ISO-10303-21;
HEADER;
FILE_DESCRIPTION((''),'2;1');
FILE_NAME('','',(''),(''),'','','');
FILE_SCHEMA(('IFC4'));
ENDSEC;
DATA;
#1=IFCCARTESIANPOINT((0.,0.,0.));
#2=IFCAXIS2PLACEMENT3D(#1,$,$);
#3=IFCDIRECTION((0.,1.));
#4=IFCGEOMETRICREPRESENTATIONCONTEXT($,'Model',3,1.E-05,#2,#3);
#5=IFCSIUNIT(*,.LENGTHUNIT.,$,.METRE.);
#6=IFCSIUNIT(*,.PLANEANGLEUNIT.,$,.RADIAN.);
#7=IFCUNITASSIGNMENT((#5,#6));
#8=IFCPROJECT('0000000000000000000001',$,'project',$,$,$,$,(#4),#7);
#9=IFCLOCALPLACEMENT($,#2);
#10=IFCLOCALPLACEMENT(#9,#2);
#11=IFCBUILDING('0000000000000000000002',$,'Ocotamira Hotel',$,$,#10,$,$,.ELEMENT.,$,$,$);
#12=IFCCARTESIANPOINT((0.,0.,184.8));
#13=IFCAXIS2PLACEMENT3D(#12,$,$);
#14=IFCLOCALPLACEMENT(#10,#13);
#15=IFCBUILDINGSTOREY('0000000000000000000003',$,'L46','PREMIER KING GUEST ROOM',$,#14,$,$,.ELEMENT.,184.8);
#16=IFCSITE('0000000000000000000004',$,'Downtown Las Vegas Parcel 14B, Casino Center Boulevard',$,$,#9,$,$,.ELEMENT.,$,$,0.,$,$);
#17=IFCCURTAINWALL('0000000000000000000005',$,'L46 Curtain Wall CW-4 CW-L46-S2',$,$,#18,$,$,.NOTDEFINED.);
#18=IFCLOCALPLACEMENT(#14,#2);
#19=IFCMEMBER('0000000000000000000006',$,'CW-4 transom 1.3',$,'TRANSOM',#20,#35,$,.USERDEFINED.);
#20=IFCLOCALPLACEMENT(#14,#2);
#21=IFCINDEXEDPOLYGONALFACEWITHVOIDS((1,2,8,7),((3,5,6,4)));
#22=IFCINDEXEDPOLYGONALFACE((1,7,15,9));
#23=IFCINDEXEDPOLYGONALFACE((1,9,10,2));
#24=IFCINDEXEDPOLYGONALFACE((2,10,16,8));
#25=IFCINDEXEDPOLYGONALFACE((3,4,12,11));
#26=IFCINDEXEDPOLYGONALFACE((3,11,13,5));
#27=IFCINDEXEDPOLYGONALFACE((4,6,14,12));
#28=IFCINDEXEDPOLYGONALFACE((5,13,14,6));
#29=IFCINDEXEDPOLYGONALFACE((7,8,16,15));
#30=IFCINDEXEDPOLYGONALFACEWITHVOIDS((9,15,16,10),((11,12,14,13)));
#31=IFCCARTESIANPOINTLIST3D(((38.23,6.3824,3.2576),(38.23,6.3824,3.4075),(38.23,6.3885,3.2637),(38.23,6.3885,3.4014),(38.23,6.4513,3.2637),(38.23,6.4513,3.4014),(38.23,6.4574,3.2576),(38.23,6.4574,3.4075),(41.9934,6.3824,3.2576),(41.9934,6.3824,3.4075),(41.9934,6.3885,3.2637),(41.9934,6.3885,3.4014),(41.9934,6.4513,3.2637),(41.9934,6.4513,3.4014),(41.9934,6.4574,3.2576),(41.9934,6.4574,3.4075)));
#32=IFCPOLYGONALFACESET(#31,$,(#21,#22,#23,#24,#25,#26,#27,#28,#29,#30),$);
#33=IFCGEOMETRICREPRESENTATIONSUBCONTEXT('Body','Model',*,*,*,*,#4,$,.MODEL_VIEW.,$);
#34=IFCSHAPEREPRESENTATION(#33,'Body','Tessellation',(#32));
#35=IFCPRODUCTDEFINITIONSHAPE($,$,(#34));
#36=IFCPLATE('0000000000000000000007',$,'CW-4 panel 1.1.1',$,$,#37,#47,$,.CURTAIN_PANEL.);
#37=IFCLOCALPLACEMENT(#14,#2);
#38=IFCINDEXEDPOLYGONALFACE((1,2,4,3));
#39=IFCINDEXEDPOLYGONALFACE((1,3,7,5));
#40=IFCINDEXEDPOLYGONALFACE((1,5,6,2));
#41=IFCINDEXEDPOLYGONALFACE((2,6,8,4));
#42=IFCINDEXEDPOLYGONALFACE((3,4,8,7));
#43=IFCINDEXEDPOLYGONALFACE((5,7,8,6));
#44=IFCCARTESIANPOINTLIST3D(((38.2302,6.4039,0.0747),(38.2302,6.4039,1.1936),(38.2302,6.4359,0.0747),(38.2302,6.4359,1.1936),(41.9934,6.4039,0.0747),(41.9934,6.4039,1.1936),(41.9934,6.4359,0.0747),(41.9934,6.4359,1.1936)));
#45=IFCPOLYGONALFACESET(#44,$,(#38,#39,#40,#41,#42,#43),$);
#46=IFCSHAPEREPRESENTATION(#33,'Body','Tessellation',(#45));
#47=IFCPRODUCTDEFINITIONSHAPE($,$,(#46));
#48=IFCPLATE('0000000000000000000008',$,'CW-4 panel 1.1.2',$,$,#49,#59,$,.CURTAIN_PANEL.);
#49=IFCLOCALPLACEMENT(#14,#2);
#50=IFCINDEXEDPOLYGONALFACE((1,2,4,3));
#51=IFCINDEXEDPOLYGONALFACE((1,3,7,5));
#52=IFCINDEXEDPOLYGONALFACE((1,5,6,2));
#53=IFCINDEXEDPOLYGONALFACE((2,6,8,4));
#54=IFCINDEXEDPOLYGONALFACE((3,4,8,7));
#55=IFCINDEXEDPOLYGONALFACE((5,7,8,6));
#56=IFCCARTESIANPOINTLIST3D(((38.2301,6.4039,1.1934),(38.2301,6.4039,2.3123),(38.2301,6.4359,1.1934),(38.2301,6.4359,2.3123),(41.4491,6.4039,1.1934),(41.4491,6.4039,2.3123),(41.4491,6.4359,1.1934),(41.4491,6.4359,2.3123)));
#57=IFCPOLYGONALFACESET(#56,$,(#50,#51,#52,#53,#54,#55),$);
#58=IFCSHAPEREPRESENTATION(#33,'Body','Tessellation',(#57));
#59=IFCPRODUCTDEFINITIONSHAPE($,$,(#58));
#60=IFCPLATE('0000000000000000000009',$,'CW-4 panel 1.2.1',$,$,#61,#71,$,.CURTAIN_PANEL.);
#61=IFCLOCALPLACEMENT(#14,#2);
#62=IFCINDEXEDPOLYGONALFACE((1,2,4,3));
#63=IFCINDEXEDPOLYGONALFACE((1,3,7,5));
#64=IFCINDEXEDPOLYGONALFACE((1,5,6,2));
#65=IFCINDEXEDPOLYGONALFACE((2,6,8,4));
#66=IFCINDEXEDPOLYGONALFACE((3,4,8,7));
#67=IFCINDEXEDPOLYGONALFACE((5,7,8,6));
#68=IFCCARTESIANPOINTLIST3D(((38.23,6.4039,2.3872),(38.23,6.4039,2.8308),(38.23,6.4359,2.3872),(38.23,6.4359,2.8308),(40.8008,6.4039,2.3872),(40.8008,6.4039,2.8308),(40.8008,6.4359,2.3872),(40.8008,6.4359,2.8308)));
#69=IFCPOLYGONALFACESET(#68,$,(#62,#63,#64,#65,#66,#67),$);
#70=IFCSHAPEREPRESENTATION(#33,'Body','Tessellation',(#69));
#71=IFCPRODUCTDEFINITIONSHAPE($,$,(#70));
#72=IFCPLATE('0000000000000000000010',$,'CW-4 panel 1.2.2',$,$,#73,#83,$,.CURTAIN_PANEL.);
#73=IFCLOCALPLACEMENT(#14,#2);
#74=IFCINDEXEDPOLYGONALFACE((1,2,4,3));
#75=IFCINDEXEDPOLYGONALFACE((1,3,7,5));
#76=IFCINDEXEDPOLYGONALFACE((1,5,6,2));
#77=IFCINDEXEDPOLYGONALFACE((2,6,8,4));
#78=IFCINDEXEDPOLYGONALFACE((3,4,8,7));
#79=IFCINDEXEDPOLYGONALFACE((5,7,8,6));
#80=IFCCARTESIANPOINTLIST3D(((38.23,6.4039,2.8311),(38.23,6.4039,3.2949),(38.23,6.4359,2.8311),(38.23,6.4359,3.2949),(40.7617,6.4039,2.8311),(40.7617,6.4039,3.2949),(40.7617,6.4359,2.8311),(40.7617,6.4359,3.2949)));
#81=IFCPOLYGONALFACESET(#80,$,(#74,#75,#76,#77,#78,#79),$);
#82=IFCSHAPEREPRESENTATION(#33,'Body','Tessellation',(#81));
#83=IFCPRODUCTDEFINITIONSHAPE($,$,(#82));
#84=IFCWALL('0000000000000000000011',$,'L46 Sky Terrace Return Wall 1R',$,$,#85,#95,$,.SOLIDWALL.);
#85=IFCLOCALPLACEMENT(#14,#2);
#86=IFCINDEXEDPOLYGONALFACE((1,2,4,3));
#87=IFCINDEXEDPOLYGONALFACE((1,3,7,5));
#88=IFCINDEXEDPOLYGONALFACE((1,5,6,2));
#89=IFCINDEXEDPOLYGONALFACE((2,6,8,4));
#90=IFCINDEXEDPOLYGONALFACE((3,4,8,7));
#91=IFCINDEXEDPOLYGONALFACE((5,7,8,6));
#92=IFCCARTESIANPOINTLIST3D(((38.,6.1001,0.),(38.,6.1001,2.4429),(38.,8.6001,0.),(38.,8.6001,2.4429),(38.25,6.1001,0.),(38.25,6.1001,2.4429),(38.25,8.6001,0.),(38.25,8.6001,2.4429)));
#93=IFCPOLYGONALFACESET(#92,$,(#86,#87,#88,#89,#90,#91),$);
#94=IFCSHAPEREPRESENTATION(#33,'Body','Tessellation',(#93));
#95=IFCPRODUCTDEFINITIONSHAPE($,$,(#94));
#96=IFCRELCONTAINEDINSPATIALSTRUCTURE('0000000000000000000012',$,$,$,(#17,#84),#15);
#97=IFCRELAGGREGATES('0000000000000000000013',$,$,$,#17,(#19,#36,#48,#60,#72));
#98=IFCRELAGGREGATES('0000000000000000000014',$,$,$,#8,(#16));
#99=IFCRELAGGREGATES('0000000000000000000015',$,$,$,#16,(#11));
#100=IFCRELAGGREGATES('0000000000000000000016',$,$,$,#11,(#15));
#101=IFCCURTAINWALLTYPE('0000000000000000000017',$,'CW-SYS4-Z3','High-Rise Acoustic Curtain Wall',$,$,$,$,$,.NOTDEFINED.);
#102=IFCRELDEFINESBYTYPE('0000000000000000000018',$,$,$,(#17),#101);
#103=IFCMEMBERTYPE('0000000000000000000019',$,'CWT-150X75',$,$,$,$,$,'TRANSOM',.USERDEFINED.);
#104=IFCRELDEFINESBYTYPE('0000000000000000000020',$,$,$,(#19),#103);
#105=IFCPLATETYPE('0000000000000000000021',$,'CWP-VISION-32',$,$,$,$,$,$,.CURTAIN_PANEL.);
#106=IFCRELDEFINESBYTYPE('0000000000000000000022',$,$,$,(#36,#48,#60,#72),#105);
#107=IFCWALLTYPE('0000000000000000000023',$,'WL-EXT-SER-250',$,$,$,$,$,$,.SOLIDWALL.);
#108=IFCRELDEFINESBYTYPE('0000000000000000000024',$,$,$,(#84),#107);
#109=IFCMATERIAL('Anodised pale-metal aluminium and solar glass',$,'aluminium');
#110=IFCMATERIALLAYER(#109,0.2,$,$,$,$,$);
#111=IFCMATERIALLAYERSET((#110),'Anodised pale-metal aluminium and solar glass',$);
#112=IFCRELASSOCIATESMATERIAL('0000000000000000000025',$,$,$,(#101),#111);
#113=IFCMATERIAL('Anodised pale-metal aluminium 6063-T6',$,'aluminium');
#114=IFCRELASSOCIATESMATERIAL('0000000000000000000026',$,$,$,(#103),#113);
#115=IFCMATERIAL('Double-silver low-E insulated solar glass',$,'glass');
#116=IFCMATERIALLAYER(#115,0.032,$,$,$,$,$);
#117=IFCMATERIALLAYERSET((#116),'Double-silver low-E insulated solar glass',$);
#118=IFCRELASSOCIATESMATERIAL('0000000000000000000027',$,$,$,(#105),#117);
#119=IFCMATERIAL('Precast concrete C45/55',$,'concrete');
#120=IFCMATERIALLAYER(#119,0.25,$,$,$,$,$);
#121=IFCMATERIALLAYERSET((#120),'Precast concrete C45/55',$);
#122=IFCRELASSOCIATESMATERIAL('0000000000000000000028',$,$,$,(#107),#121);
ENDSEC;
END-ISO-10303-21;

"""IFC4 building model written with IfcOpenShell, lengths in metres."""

from ifc_helpers import new_model, si_unit, direction, frame, frame_2d, origin, origin_2d, place, context, subcontext, project, spatial, rectangle, hollow_rectangle, extrude, source, transform, mapped, material, layer, layer_set, material_profile, profile_set, type_object, element, aggregate, save


model = new_model("IFC4")

# Units and contexts
model_context = context("Model", 3, precision=1e-05, world=origin(), true_north=direction((0.0, 1.0)))
body_context = subcontext(model_context, "Body", "Model", "MODEL_VIEW")
ifc_project = project(units=[si_unit("LENGTHUNIT", "METRE"), si_unit("PLANEANGLEUNIT", "RADIAN")], contexts=[model_context])

# Site, building, storey
site_placement = place(None, origin())
site = spatial("IfcSite", under=ifc_project, at=site_placement, Name="Downtown Las Vegas Parcel 14B, Casino Center Boulevard", CompositionType="ELEMENT", RefElevation=0.0)
building_placement = place(site_placement, origin())
building = spatial("IfcBuilding", under=site, at=building_placement, Name="Ocotamira Hotel", CompositionType="ELEMENT")
storey_placement = place(building_placement, frame((0.0, 0.0, 184.8)))
storey = spatial("IfcBuildingStorey", under=building, at=storey_placement, Name="L46", Description="PREMIER KING GUEST ROOM", CompositionType="ELEMENT", Elevation=184.8)

# Curtain wall, member, plates
ifc_material_1 = material(Name="Anodised pale-metal aluminium and solar glass", Category="aluminium")
ifc_layer_1 = layer(ifc_material_1, 0.2)
ifc_layer_set_1 = layer_set([ifc_layer_1], Name="Anodised pale-metal aluminium and solar glass")
curtain_wall_type = type_object("IfcCurtainWallType", Name="CW-SYS4-Z3", Description="High-Rise Acoustic Curtain Wall", PredefinedType="NOTDEFINED", material=ifc_layer_set_1)
curtain_wall_placement = place(storey_placement, origin())
curtain_wall = element("IfcCurtainWall", 1, at=curtain_wall_placement, inside=storey, type_object=curtain_wall_type, Name="L46 Curtain Wall CW-4 CW-L46-S2", PredefinedType="NOTDEFINED")
ifc_material_2 = material(Name="Anodised pale-metal aluminium 6063-T6", Category="aluminium")
ifc_material_profile_1 = material_profile(ifc_material_2, hollow_rectangle(XDim=0.075, YDim=0.1499, WallThickness=0.0061, at=origin_2d()), Name="HSS150X75X6")
ifc_profile_set_1 = profile_set([ifc_material_profile_1], Name="Anodised pale-metal aluminium 6063-T6")
member_type_1 = type_object("IfcMemberType", Name="CWT-150X75", ElementType="TRANSOM", PredefinedType="USERDEFINED", material=ifc_profile_set_1)
shared_shape_1 = source(origin(), body_context, "Body", "SweptSolid", [
    extrude(hollow_rectangle(XDim=0.075, YDim=0.1499, WallThickness=0.0061, at=origin_2d()), origin(), (0.0, 0.0, 1.0), 3.7634),
])
member_1_placement = place(storey_placement, frame((38.23, 6.4199, 3.3325), z_axis=(1.0, 0.0, 0.0), x_axis=(0.0, 1.0, 0.0)))
member_1 = element("IfcMember", 2, at=member_1_placement, type_object=member_type_1, Name="CW-4 transom 1.3", ObjectType="TRANSOM", PredefinedType="USERDEFINED", context=body_context, shape_type="MappedRepresentation", body=[
    mapped(shared_shape_1, transform((0.0, 0.0, 0.0), scale=1.0)),
])
ifc_material_3 = material(Name="Double-silver low-E insulated solar glass", Category="glass")
ifc_layer_2 = layer(ifc_material_3, 0.032)
ifc_layer_set_2 = layer_set([ifc_layer_2], Name="Double-silver low-E insulated solar glass")
plate_type = type_object("IfcPlateType", Name="CWP-VISION-32", PredefinedType="CURTAIN_PANEL", material=ifc_layer_set_2)
shared_shape_2 = source(origin(), body_context, "Body", "SweptSolid", [
    extrude(rectangle(XDim=3.7632, YDim=0.032, at=origin_2d()), origin(), (0.0, 0.0, 1.0), 1.1189),
])
plate_1_placement = place(storey_placement, frame((40.1118, 6.4199, 0.0747), z_axis=(0.0, 0.0, 1.0), x_axis=(1.0, 0.0, 0.0)))
plate_1 = element("IfcPlate", 3, at=plate_1_placement, type_object=plate_type, Name="CW-4 panel 1.1.1", PredefinedType="CURTAIN_PANEL", context=body_context, shape_type="MappedRepresentation", body=[
    mapped(shared_shape_2, transform((0.0, 0.0, 0.0), scale=1.0)),
])
shared_shape_3 = source(origin(), body_context, "Body", "SweptSolid", [
    extrude(rectangle(XDim=3.219, YDim=0.032, at=origin_2d()), origin(), (0.0, 0.0, 1.0), 1.1189),
])
plate_2_placement = place(storey_placement, frame((39.8396, 6.4199, 1.1934), z_axis=(0.0, 0.0, 1.0), x_axis=(1.0, 0.0, 0.0)))
plate_2 = element("IfcPlate", 4, at=plate_2_placement, type_object=plate_type, Name="CW-4 panel 1.1.2", PredefinedType="CURTAIN_PANEL", context=body_context, shape_type="MappedRepresentation", body=[
    mapped(shared_shape_3, transform((0.0, 0.0, 0.0), scale=1.0)),
])
shared_shape_4 = source(origin(), body_context, "Body", "SweptSolid", [
    extrude(rectangle(XDim=2.5708, YDim=0.032, at=origin_2d()), origin(), (0.0, 0.0, 1.0), 0.4436),
])
plate_3_placement = place(storey_placement, frame((39.5154, 6.4199, 2.3872), z_axis=(0.0, 0.0, 1.0), x_axis=(1.0, 0.0, 0.0)))
plate_3 = element("IfcPlate", 5, at=plate_3_placement, type_object=plate_type, Name="CW-4 panel 1.2.1", PredefinedType="CURTAIN_PANEL", context=body_context, shape_type="MappedRepresentation", body=[
    mapped(shared_shape_4, transform((0.0, 0.0, 0.0), scale=1.0)),
])
shared_shape_5 = source(origin(), body_context, "Body", "SweptSolid", [
    extrude(rectangle(XDim=2.5317, YDim=0.032, at=origin_2d()), origin(), (0.0, 0.0, 1.0), 0.4639),
])
plate_4_placement = place(storey_placement, frame((39.4958, 6.4199, 2.8311), z_axis=(0.0, 0.0, 1.0), x_axis=(1.0, 0.0, 0.0)))
plate_4 = element("IfcPlate", 6, at=plate_4_placement, type_object=plate_type, Name="CW-4 panel 1.2.2", PredefinedType="CURTAIN_PANEL", context=body_context, shape_type="MappedRepresentation", body=[
    mapped(shared_shape_5, transform((0.0, 0.0, 0.0), scale=1.0)),
])
aggregate(curtain_wall, [member_1, plate_1, plate_2, plate_3, plate_4])

# Wall
ifc_material_4 = material(Name="Precast concrete C45/55", Category="concrete")
ifc_layer_3 = layer(ifc_material_4, 0.25)
ifc_layer_set_3 = layer_set([ifc_layer_3], Name="Precast concrete C45/55")
wall_type = type_object("IfcWallType", Name="WL-EXT-SER-250", PredefinedType="SOLIDWALL", material=ifc_layer_set_3)
wall_placement = place(storey_placement, frame((38.125, 6.1001, 0.0), z_axis=(0.0, 0.0, 1.0), x_axis=(0.0, 1.0, 0.0)))
element("IfcWall", 7, at=wall_placement, inside=storey, type_object=wall_type, Name="L46 Sky Terrace Return Wall 1R", PredefinedType="SOLIDWALL", context=body_context, shape_type="SweptSolid", body=[
    extrude(rectangle(XDim=2.5, YDim=0.25, at=frame_2d((1.25, 0.0))), origin(), (0.0, 0.0, 1.0), 2.4429),
])

save(model, "model.ifc")
